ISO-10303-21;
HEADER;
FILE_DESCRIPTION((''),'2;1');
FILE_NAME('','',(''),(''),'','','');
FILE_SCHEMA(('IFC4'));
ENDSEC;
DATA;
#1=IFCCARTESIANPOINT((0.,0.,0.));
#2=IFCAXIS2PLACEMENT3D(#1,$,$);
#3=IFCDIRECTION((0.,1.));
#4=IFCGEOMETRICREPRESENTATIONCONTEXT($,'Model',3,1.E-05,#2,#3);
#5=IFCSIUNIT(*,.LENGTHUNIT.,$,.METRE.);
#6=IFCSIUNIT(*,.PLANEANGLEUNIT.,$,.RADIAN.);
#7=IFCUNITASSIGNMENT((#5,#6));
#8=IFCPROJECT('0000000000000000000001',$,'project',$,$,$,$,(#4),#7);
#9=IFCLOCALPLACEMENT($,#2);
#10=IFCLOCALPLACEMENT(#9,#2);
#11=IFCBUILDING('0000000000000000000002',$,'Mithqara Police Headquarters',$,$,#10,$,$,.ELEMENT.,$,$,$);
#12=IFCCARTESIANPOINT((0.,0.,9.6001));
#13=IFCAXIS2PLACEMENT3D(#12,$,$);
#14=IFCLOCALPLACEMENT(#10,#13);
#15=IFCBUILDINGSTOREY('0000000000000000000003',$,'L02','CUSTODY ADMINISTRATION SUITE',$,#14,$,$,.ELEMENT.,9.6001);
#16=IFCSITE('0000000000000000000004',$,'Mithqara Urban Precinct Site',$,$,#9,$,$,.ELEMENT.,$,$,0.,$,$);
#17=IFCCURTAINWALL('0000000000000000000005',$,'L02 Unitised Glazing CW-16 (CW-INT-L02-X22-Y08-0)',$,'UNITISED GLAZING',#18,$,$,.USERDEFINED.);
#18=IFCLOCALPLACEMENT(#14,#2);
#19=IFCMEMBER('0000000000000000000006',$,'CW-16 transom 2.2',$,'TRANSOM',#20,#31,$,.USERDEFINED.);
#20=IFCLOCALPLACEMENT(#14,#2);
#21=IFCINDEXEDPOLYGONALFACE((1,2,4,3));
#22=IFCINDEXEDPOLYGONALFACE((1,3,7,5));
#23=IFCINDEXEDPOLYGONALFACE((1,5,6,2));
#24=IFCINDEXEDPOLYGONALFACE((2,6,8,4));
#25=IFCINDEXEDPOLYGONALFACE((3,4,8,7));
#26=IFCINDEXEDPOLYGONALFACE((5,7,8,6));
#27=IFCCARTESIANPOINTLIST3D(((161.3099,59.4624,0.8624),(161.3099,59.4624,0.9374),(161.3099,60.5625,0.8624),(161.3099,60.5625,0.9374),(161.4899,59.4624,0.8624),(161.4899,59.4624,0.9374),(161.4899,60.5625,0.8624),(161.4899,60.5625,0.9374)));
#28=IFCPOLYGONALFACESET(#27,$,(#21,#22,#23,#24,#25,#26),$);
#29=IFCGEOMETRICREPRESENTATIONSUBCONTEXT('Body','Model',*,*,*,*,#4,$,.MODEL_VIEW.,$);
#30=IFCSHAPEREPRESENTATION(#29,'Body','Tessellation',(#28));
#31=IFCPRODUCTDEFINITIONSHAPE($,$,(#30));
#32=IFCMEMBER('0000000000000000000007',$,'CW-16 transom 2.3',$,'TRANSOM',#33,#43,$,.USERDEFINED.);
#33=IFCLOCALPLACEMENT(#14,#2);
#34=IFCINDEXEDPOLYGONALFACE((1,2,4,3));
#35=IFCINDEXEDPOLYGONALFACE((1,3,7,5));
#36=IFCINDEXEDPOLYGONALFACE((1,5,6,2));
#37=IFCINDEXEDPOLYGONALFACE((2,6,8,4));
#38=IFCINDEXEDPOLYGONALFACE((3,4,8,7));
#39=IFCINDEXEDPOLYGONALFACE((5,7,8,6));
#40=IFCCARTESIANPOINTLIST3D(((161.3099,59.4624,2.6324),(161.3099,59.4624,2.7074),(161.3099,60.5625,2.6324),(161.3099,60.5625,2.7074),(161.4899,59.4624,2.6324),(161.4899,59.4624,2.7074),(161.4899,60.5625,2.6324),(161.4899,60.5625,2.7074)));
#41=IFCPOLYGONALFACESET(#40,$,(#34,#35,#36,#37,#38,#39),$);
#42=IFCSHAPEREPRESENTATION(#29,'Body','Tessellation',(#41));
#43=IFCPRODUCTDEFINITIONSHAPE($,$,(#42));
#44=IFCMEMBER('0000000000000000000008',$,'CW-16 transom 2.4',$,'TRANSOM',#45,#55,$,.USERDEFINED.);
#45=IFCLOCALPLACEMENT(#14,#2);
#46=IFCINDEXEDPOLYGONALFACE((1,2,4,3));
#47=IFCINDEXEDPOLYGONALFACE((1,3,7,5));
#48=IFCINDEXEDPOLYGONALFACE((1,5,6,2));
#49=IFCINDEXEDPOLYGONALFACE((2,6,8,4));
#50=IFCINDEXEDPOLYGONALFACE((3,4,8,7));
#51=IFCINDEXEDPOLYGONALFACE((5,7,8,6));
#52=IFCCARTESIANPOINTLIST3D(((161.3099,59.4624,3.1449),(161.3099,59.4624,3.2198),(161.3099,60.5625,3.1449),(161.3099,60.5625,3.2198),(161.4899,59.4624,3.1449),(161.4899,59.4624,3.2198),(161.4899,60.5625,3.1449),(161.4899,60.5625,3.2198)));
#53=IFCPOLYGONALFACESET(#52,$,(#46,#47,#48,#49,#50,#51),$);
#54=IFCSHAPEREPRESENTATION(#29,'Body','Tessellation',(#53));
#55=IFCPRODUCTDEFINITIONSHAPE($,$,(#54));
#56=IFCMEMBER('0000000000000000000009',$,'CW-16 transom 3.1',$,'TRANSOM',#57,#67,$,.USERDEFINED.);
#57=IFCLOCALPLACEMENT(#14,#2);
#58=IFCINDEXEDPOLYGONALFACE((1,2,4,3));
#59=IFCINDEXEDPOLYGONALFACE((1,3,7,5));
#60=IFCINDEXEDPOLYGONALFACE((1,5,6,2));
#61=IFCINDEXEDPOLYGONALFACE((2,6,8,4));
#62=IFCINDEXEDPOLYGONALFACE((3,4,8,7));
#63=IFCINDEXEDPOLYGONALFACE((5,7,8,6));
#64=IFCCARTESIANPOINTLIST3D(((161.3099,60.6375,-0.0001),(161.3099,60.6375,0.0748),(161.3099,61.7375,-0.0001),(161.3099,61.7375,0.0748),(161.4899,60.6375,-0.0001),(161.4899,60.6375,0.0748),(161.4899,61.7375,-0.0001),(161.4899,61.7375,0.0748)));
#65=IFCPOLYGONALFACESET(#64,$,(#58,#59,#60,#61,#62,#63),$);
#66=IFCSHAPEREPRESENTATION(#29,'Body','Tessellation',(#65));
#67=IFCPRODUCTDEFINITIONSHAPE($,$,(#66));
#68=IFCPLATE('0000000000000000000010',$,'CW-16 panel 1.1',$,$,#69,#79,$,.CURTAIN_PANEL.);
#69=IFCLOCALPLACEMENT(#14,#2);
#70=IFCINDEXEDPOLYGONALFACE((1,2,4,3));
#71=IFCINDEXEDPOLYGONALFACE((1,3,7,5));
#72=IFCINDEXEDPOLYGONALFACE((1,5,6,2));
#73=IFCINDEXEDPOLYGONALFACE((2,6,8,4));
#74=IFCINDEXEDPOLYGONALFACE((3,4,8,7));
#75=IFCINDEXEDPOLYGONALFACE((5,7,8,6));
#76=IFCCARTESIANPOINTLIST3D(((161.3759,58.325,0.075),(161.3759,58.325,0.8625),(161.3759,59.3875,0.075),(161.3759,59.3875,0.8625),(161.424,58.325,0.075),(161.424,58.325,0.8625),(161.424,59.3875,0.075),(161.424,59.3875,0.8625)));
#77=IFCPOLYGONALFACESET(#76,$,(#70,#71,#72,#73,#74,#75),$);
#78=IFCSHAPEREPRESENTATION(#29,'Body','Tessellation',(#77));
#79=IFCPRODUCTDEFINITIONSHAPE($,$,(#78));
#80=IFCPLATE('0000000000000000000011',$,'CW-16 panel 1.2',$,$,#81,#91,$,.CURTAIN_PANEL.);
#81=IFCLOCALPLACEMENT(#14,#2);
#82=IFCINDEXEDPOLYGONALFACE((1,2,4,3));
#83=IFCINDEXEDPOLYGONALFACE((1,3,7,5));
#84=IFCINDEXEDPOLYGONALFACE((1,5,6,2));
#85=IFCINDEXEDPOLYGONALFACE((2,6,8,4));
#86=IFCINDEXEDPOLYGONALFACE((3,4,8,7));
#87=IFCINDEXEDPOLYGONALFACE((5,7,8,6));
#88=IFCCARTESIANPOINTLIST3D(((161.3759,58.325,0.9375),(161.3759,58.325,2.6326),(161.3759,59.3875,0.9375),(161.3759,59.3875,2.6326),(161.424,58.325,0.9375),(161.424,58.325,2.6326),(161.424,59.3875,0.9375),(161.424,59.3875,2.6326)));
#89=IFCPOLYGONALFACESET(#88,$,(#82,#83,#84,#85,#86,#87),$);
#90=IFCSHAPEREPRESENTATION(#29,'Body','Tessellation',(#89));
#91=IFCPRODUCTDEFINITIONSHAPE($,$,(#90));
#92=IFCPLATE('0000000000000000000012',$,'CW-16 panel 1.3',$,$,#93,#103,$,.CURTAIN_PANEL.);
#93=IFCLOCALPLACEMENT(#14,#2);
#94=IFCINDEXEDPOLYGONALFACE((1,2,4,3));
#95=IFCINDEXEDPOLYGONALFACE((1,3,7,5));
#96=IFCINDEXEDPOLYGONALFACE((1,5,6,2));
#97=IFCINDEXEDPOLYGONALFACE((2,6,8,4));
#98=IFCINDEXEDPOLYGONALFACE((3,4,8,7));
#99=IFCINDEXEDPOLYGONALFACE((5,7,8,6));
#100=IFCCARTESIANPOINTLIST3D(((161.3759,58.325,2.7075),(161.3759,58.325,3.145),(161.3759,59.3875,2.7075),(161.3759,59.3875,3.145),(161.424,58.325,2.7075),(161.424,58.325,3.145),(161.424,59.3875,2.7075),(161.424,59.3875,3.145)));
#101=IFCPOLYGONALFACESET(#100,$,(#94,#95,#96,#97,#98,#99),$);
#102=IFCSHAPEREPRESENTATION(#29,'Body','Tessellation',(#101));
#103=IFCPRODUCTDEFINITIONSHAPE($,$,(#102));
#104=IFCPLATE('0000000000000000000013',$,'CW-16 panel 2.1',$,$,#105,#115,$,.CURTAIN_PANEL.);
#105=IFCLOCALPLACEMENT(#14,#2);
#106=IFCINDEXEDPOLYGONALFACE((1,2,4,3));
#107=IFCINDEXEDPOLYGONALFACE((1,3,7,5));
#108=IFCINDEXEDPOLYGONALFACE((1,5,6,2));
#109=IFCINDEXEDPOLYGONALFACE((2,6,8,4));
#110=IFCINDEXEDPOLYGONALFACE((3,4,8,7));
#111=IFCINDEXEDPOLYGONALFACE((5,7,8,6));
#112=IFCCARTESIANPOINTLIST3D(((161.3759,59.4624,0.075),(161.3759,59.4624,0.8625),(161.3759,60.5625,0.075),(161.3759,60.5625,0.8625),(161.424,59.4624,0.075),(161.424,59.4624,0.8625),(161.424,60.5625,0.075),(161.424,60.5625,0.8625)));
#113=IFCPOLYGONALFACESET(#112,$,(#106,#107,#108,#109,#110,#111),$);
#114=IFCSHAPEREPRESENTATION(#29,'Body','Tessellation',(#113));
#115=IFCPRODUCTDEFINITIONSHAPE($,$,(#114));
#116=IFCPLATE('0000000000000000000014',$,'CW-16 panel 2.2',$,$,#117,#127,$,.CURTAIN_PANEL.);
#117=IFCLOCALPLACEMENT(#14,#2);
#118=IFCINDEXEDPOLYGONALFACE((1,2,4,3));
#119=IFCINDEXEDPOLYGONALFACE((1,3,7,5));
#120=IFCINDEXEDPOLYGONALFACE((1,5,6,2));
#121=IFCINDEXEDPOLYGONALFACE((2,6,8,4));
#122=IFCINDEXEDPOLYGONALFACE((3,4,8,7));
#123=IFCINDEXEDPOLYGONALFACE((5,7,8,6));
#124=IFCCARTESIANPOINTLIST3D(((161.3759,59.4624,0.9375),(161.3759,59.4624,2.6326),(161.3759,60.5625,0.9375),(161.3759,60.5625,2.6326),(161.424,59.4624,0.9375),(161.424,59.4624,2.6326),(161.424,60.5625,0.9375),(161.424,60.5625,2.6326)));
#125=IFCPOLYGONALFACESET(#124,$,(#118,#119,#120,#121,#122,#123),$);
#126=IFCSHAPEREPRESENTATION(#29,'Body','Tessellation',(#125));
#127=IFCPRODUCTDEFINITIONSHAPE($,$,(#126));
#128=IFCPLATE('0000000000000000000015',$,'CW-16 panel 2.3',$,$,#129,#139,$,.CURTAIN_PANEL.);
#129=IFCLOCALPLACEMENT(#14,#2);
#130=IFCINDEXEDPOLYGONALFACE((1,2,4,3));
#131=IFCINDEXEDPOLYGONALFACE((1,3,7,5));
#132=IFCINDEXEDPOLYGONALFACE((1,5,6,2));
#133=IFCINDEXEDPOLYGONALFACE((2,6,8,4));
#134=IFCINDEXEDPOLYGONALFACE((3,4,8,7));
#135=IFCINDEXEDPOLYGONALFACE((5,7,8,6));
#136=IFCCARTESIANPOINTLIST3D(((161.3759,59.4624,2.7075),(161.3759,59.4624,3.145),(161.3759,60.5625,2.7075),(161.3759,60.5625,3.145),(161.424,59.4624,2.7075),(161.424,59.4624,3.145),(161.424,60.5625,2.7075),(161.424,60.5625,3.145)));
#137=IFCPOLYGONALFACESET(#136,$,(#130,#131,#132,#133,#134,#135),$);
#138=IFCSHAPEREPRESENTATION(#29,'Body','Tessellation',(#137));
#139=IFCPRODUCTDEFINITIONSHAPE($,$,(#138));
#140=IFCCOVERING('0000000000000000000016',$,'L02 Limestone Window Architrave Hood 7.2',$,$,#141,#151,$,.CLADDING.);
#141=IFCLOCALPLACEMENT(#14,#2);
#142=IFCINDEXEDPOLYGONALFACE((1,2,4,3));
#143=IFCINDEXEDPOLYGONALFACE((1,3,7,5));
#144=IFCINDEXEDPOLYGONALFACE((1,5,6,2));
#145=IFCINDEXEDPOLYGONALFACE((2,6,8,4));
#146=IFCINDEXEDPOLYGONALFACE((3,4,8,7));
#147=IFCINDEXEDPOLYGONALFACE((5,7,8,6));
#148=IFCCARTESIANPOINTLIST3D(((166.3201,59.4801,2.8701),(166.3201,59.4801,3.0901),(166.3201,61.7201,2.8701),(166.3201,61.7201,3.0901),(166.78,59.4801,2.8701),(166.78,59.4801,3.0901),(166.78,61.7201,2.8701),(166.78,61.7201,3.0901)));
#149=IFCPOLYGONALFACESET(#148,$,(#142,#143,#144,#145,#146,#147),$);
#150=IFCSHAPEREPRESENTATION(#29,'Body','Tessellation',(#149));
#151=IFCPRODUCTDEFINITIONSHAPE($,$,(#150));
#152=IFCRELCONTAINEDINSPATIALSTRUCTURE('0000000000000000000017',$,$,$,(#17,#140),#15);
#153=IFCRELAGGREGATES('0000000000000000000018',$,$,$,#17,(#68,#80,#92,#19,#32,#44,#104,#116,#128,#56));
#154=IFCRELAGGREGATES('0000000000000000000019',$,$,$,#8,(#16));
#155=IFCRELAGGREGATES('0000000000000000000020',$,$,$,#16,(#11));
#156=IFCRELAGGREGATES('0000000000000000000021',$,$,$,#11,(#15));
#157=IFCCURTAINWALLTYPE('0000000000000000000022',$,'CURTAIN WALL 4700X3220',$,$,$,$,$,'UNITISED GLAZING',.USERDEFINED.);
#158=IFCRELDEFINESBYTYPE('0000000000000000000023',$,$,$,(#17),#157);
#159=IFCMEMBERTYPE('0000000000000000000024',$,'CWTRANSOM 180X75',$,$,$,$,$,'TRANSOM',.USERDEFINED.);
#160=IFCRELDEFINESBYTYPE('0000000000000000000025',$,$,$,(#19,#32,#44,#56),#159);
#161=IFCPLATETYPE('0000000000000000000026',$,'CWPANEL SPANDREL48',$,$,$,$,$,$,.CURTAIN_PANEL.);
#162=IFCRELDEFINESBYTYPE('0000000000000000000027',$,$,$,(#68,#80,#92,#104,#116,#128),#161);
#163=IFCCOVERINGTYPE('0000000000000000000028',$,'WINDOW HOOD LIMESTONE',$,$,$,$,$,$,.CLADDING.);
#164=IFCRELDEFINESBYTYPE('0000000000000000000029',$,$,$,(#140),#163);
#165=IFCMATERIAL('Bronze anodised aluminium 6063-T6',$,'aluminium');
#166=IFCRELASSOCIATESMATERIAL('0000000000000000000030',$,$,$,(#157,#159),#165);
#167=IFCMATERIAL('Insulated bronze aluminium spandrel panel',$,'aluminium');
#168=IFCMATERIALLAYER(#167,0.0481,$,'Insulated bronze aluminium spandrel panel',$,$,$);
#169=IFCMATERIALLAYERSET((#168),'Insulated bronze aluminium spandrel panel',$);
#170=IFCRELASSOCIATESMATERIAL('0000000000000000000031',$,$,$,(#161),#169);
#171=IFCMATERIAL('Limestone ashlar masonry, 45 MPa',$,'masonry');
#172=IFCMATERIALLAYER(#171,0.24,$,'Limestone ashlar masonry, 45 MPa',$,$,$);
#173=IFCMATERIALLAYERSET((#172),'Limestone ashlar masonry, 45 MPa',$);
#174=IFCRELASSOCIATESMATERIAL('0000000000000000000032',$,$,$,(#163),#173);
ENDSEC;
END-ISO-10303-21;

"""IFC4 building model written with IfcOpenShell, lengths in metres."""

from ifc_helpers import new_model, si_unit, direction, frame, origin, origin_2d, place, context, subcontext, project, spatial, rectangle, extrude, material, layer, layer_set, material_profile, profile_set, type_object, element, aggregate, save


model = new_model("IFC4")

# Units and contexts
model_context = context("Model", 3, precision=1e-05, world=origin(), true_north=direction((0.0, 1.0)))
body_context = subcontext(model_context, "Body", "Model", "MODEL_VIEW")
ifc_project = project(units=[si_unit("LENGTHUNIT", "METRE"), si_unit("PLANEANGLEUNIT", "RADIAN")], contexts=[model_context])

# Site, building, storey
site_placement = place(None, origin())
site = spatial("IfcSite", under=ifc_project, at=site_placement, Name="Mithqara Urban Precinct Site", CompositionType="ELEMENT", RefElevation=0.0)
building_placement = place(site_placement, origin())
building = spatial("IfcBuilding", under=site, at=building_placement, Name="Mithqara Police Headquarters", CompositionType="ELEMENT")
storey_placement = place(building_placement, frame((0.0, 0.0, 9.6001)))
storey = spatial("IfcBuildingStorey", under=building, at=storey_placement, Name="L02", Description="CUSTODY ADMINISTRATION SUITE", CompositionType="ELEMENT", Elevation=9.6001)

# Curtain wall, members, plates
ifc_material_1 = material(Name="Bronze anodised aluminium 6063-T6", Category="aluminium")
curtain_wall_type = type_object("IfcCurtainWallType", Name="CURTAIN WALL 4700X3220", ElementType="UNITISED GLAZING", PredefinedType="USERDEFINED", material=ifc_material_1)
curtain_wall_placement = place(storey_placement, origin())
curtain_wall = element("IfcCurtainWall", 1, at=curtain_wall_placement, inside=storey, type_object=curtain_wall_type, Name="L02 Unitised Glazing CW-16 (CW-INT-L02-X22-Y08-0)", ObjectType="UNITISED GLAZING", PredefinedType="USERDEFINED")
ifc_material_profile_1 = material_profile(ifc_material_1, rectangle(XDim=0.1799, YDim=0.075, at=origin_2d()), Name="CWT 180x75")
ifc_profile_set_1 = profile_set([ifc_material_profile_1], Name="Bronze anodised aluminium 6063-T6")
member_type_1 = type_object("IfcMemberType", Name="CWTRANSOM 180X75", ElementType="TRANSOM", PredefinedType="USERDEFINED", material=ifc_profile_set_1)
member_1_placement = place(storey_placement, frame((161.3999, 59.4624, 0.8999), z_axis=(0.0, 1.0, 0.0), x_axis=(-1.0, 0.0, 0.0)))
member_1 = element("IfcMember", 2, at=member_1_placement, type_object=member_type_1, Name="CW-16 transom 2.2", ObjectType="TRANSOM", PredefinedType="USERDEFINED", context=body_context, shape_type="SweptSolid", body=[
    extrude(rectangle(XDim=0.1799, YDim=0.075, at=origin_2d()), origin(), (0.0, 0.0, 1.0), 1.1001),
])
member_2_placement = place(storey_placement, frame((161.3999, 59.4624, 2.6699), z_axis=(0.0, 1.0, 0.0), x_axis=(-1.0, 0.0, 0.0)))
member_2 = element("IfcMember", 3, at=member_2_placement, type_object=member_type_1, Name="CW-16 transom 2.3", ObjectType="TRANSOM", PredefinedType="USERDEFINED", context=body_context, shape_type="SweptSolid", body=[
    extrude(rectangle(XDim=0.1799, YDim=0.075, at=origin_2d()), origin(), (0.0, 0.0, 1.0), 1.1001),
])
member_3_placement = place(storey_placement, frame((161.3999, 59.4624, 3.1824), z_axis=(0.0, 1.0, 0.0), x_axis=(-1.0, 0.0, 0.0)))
member_3 = element("IfcMember", 4, at=member_3_placement, type_object=member_type_1, Name="CW-16 transom 2.4", ObjectType="TRANSOM", PredefinedType="USERDEFINED", context=body_context, shape_type="SweptSolid", body=[
    extrude(rectangle(XDim=0.1799, YDim=0.075, at=origin_2d()), origin(), (0.0, 0.0, 1.0), 1.1001),
])
member_4_placement = place(storey_placement, frame((161.3999, 60.6375, 0.0374), z_axis=(0.0, 1.0, 0.0), x_axis=(-1.0, 0.0, 0.0)))
member_4 = element("IfcMember", 5, at=member_4_placement, type_object=member_type_1, Name="CW-16 transom 3.1", ObjectType="TRANSOM", PredefinedType="USERDEFINED", context=body_context, shape_type="SweptSolid", body=[
    extrude(rectangle(XDim=0.1799, YDim=0.075, at=origin_2d()), origin(), (0.0, 0.0, 1.0), 1.1001),
])
ifc_material_2 = material(Name="Insulated bronze aluminium spandrel panel", Category="aluminium")
ifc_layer_1 = layer(ifc_material_2, 0.0481, Name="Insulated bronze aluminium spandrel panel")
ifc_layer_set_1 = layer_set([ifc_layer_1], Name="Insulated bronze aluminium spandrel panel")
plate_type = type_object("IfcPlateType", Name="CWPANEL SPANDREL48", PredefinedType="CURTAIN_PANEL", material=ifc_layer_set_1)
plate_1_placement = place(storey_placement, frame((161.3999, 58.8562, 0.075), z_axis=(0.0, 0.0, 1.0), x_axis=(0.0, 1.0, 0.0)))
plate_1 = element("IfcPlate", 6, at=plate_1_placement, type_object=plate_type, Name="CW-16 panel 1.1", PredefinedType="CURTAIN_PANEL", context=body_context, shape_type="SweptSolid", body=[
    extrude(rectangle(XDim=1.0625, YDim=0.0481, at=origin_2d()), origin(), (0.0, 0.0, 1.0), 0.7876),
])
plate_2_placement = place(storey_placement, frame((161.3999, 58.8562, 0.9375), z_axis=(0.0, 0.0, 1.0), x_axis=(0.0, 1.0, 0.0)))
plate_2 = element("IfcPlate", 7, at=plate_2_placement, type_object=plate_type, Name="CW-16 panel 1.2", PredefinedType="CURTAIN_PANEL", context=body_context, shape_type="SweptSolid", body=[
    extrude(rectangle(XDim=1.0625, YDim=0.0481, at=origin_2d()), origin(), (0.0, 0.0, 1.0), 1.6951),
])
plate_3_placement = place(storey_placement, frame((161.3999, 58.8562, 2.7075), z_axis=(0.0, 0.0, 1.0), x_axis=(0.0, 1.0, 0.0)))
plate_3 = element("IfcPlate", 8, at=plate_3_placement, type_object=plate_type, Name="CW-16 panel 1.3", PredefinedType="CURTAIN_PANEL", context=body_context, shape_type="SweptSolid", body=[
    extrude(rectangle(XDim=1.0625, YDim=0.0481, at=origin_2d()), origin(), (0.0, 0.0, 1.0), 0.4375),
])
plate_4_placement = place(storey_placement, frame((161.3999, 60.0125, 0.075), z_axis=(0.0, 0.0, 1.0), x_axis=(0.0, 1.0, 0.0)))
plate_4 = element("IfcPlate", 9, at=plate_4_placement, type_object=plate_type, Name="CW-16 panel 2.1", PredefinedType="CURTAIN_PANEL", context=body_context, shape_type="SweptSolid", body=[
    extrude(rectangle(XDim=1.1001, YDim=0.0481, at=origin_2d()), origin(), (0.0, 0.0, 1.0), 0.7876),
])
plate_5_placement = place(storey_placement, frame((161.3999, 60.0125, 0.9375), z_axis=(0.0, 0.0, 1.0), x_axis=(0.0, 1.0, 0.0)))
plate_5 = element("IfcPlate", 10, at=plate_5_placement, type_object=plate_type, Name="CW-16 panel 2.2", PredefinedType="CURTAIN_PANEL", context=body_context, shape_type="SweptSolid", body=[
    extrude(rectangle(XDim=1.1001, YDim=0.0481, at=origin_2d()), origin(), (0.0, 0.0, 1.0), 1.6951),
])
plate_6_placement = place(storey_placement, frame((161.3999, 60.0125, 2.7075), z_axis=(0.0, 0.0, 1.0), x_axis=(0.0, 1.0, 0.0)))
plate_6 = element("IfcPlate", 11, at=plate_6_placement, type_object=plate_type, Name="CW-16 panel 2.3", PredefinedType="CURTAIN_PANEL", context=body_context, shape_type="SweptSolid", body=[
    extrude(rectangle(XDim=1.1001, YDim=0.0481, at=origin_2d()), origin(), (0.0, 0.0, 1.0), 0.4375),
])
aggregate(curtain_wall, [plate_1, plate_2, plate_3, member_1, member_2, member_3, plate_4, plate_5, plate_6, member_4])

# Covering
ifc_material_3 = material(Name="Limestone ashlar masonry, 45 MPa", Category="masonry")
ifc_layer_2 = layer(ifc_material_3, 0.24, Name="Limestone ashlar masonry, 45 MPa")
ifc_layer_set_2 = layer_set([ifc_layer_2], Name="Limestone ashlar masonry, 45 MPa")
covering_type = type_object("IfcCoveringType", Name="WINDOW HOOD LIMESTONE", PredefinedType="CLADDING", material=ifc_layer_set_2)
covering_placement = place(storey_placement, frame((166.55, 60.6001, 2.8701), z_axis=(0.0, 0.0, 1.0), x_axis=(0.0, 1.0, 0.0)))
element("IfcCovering", 12, at=covering_placement, inside=storey, type_object=covering_type, Name="L02 Limestone Window Architrave Hood 7.2", PredefinedType="CLADDING", context=body_context, shape_type="SweptSolid", body=[
    extrude(rectangle(XDim=2.24, YDim=0.46, at=origin_2d()), origin(), (0.0, 0.0, 1.0), 0.22),
])

save(model, "model.ifc")
